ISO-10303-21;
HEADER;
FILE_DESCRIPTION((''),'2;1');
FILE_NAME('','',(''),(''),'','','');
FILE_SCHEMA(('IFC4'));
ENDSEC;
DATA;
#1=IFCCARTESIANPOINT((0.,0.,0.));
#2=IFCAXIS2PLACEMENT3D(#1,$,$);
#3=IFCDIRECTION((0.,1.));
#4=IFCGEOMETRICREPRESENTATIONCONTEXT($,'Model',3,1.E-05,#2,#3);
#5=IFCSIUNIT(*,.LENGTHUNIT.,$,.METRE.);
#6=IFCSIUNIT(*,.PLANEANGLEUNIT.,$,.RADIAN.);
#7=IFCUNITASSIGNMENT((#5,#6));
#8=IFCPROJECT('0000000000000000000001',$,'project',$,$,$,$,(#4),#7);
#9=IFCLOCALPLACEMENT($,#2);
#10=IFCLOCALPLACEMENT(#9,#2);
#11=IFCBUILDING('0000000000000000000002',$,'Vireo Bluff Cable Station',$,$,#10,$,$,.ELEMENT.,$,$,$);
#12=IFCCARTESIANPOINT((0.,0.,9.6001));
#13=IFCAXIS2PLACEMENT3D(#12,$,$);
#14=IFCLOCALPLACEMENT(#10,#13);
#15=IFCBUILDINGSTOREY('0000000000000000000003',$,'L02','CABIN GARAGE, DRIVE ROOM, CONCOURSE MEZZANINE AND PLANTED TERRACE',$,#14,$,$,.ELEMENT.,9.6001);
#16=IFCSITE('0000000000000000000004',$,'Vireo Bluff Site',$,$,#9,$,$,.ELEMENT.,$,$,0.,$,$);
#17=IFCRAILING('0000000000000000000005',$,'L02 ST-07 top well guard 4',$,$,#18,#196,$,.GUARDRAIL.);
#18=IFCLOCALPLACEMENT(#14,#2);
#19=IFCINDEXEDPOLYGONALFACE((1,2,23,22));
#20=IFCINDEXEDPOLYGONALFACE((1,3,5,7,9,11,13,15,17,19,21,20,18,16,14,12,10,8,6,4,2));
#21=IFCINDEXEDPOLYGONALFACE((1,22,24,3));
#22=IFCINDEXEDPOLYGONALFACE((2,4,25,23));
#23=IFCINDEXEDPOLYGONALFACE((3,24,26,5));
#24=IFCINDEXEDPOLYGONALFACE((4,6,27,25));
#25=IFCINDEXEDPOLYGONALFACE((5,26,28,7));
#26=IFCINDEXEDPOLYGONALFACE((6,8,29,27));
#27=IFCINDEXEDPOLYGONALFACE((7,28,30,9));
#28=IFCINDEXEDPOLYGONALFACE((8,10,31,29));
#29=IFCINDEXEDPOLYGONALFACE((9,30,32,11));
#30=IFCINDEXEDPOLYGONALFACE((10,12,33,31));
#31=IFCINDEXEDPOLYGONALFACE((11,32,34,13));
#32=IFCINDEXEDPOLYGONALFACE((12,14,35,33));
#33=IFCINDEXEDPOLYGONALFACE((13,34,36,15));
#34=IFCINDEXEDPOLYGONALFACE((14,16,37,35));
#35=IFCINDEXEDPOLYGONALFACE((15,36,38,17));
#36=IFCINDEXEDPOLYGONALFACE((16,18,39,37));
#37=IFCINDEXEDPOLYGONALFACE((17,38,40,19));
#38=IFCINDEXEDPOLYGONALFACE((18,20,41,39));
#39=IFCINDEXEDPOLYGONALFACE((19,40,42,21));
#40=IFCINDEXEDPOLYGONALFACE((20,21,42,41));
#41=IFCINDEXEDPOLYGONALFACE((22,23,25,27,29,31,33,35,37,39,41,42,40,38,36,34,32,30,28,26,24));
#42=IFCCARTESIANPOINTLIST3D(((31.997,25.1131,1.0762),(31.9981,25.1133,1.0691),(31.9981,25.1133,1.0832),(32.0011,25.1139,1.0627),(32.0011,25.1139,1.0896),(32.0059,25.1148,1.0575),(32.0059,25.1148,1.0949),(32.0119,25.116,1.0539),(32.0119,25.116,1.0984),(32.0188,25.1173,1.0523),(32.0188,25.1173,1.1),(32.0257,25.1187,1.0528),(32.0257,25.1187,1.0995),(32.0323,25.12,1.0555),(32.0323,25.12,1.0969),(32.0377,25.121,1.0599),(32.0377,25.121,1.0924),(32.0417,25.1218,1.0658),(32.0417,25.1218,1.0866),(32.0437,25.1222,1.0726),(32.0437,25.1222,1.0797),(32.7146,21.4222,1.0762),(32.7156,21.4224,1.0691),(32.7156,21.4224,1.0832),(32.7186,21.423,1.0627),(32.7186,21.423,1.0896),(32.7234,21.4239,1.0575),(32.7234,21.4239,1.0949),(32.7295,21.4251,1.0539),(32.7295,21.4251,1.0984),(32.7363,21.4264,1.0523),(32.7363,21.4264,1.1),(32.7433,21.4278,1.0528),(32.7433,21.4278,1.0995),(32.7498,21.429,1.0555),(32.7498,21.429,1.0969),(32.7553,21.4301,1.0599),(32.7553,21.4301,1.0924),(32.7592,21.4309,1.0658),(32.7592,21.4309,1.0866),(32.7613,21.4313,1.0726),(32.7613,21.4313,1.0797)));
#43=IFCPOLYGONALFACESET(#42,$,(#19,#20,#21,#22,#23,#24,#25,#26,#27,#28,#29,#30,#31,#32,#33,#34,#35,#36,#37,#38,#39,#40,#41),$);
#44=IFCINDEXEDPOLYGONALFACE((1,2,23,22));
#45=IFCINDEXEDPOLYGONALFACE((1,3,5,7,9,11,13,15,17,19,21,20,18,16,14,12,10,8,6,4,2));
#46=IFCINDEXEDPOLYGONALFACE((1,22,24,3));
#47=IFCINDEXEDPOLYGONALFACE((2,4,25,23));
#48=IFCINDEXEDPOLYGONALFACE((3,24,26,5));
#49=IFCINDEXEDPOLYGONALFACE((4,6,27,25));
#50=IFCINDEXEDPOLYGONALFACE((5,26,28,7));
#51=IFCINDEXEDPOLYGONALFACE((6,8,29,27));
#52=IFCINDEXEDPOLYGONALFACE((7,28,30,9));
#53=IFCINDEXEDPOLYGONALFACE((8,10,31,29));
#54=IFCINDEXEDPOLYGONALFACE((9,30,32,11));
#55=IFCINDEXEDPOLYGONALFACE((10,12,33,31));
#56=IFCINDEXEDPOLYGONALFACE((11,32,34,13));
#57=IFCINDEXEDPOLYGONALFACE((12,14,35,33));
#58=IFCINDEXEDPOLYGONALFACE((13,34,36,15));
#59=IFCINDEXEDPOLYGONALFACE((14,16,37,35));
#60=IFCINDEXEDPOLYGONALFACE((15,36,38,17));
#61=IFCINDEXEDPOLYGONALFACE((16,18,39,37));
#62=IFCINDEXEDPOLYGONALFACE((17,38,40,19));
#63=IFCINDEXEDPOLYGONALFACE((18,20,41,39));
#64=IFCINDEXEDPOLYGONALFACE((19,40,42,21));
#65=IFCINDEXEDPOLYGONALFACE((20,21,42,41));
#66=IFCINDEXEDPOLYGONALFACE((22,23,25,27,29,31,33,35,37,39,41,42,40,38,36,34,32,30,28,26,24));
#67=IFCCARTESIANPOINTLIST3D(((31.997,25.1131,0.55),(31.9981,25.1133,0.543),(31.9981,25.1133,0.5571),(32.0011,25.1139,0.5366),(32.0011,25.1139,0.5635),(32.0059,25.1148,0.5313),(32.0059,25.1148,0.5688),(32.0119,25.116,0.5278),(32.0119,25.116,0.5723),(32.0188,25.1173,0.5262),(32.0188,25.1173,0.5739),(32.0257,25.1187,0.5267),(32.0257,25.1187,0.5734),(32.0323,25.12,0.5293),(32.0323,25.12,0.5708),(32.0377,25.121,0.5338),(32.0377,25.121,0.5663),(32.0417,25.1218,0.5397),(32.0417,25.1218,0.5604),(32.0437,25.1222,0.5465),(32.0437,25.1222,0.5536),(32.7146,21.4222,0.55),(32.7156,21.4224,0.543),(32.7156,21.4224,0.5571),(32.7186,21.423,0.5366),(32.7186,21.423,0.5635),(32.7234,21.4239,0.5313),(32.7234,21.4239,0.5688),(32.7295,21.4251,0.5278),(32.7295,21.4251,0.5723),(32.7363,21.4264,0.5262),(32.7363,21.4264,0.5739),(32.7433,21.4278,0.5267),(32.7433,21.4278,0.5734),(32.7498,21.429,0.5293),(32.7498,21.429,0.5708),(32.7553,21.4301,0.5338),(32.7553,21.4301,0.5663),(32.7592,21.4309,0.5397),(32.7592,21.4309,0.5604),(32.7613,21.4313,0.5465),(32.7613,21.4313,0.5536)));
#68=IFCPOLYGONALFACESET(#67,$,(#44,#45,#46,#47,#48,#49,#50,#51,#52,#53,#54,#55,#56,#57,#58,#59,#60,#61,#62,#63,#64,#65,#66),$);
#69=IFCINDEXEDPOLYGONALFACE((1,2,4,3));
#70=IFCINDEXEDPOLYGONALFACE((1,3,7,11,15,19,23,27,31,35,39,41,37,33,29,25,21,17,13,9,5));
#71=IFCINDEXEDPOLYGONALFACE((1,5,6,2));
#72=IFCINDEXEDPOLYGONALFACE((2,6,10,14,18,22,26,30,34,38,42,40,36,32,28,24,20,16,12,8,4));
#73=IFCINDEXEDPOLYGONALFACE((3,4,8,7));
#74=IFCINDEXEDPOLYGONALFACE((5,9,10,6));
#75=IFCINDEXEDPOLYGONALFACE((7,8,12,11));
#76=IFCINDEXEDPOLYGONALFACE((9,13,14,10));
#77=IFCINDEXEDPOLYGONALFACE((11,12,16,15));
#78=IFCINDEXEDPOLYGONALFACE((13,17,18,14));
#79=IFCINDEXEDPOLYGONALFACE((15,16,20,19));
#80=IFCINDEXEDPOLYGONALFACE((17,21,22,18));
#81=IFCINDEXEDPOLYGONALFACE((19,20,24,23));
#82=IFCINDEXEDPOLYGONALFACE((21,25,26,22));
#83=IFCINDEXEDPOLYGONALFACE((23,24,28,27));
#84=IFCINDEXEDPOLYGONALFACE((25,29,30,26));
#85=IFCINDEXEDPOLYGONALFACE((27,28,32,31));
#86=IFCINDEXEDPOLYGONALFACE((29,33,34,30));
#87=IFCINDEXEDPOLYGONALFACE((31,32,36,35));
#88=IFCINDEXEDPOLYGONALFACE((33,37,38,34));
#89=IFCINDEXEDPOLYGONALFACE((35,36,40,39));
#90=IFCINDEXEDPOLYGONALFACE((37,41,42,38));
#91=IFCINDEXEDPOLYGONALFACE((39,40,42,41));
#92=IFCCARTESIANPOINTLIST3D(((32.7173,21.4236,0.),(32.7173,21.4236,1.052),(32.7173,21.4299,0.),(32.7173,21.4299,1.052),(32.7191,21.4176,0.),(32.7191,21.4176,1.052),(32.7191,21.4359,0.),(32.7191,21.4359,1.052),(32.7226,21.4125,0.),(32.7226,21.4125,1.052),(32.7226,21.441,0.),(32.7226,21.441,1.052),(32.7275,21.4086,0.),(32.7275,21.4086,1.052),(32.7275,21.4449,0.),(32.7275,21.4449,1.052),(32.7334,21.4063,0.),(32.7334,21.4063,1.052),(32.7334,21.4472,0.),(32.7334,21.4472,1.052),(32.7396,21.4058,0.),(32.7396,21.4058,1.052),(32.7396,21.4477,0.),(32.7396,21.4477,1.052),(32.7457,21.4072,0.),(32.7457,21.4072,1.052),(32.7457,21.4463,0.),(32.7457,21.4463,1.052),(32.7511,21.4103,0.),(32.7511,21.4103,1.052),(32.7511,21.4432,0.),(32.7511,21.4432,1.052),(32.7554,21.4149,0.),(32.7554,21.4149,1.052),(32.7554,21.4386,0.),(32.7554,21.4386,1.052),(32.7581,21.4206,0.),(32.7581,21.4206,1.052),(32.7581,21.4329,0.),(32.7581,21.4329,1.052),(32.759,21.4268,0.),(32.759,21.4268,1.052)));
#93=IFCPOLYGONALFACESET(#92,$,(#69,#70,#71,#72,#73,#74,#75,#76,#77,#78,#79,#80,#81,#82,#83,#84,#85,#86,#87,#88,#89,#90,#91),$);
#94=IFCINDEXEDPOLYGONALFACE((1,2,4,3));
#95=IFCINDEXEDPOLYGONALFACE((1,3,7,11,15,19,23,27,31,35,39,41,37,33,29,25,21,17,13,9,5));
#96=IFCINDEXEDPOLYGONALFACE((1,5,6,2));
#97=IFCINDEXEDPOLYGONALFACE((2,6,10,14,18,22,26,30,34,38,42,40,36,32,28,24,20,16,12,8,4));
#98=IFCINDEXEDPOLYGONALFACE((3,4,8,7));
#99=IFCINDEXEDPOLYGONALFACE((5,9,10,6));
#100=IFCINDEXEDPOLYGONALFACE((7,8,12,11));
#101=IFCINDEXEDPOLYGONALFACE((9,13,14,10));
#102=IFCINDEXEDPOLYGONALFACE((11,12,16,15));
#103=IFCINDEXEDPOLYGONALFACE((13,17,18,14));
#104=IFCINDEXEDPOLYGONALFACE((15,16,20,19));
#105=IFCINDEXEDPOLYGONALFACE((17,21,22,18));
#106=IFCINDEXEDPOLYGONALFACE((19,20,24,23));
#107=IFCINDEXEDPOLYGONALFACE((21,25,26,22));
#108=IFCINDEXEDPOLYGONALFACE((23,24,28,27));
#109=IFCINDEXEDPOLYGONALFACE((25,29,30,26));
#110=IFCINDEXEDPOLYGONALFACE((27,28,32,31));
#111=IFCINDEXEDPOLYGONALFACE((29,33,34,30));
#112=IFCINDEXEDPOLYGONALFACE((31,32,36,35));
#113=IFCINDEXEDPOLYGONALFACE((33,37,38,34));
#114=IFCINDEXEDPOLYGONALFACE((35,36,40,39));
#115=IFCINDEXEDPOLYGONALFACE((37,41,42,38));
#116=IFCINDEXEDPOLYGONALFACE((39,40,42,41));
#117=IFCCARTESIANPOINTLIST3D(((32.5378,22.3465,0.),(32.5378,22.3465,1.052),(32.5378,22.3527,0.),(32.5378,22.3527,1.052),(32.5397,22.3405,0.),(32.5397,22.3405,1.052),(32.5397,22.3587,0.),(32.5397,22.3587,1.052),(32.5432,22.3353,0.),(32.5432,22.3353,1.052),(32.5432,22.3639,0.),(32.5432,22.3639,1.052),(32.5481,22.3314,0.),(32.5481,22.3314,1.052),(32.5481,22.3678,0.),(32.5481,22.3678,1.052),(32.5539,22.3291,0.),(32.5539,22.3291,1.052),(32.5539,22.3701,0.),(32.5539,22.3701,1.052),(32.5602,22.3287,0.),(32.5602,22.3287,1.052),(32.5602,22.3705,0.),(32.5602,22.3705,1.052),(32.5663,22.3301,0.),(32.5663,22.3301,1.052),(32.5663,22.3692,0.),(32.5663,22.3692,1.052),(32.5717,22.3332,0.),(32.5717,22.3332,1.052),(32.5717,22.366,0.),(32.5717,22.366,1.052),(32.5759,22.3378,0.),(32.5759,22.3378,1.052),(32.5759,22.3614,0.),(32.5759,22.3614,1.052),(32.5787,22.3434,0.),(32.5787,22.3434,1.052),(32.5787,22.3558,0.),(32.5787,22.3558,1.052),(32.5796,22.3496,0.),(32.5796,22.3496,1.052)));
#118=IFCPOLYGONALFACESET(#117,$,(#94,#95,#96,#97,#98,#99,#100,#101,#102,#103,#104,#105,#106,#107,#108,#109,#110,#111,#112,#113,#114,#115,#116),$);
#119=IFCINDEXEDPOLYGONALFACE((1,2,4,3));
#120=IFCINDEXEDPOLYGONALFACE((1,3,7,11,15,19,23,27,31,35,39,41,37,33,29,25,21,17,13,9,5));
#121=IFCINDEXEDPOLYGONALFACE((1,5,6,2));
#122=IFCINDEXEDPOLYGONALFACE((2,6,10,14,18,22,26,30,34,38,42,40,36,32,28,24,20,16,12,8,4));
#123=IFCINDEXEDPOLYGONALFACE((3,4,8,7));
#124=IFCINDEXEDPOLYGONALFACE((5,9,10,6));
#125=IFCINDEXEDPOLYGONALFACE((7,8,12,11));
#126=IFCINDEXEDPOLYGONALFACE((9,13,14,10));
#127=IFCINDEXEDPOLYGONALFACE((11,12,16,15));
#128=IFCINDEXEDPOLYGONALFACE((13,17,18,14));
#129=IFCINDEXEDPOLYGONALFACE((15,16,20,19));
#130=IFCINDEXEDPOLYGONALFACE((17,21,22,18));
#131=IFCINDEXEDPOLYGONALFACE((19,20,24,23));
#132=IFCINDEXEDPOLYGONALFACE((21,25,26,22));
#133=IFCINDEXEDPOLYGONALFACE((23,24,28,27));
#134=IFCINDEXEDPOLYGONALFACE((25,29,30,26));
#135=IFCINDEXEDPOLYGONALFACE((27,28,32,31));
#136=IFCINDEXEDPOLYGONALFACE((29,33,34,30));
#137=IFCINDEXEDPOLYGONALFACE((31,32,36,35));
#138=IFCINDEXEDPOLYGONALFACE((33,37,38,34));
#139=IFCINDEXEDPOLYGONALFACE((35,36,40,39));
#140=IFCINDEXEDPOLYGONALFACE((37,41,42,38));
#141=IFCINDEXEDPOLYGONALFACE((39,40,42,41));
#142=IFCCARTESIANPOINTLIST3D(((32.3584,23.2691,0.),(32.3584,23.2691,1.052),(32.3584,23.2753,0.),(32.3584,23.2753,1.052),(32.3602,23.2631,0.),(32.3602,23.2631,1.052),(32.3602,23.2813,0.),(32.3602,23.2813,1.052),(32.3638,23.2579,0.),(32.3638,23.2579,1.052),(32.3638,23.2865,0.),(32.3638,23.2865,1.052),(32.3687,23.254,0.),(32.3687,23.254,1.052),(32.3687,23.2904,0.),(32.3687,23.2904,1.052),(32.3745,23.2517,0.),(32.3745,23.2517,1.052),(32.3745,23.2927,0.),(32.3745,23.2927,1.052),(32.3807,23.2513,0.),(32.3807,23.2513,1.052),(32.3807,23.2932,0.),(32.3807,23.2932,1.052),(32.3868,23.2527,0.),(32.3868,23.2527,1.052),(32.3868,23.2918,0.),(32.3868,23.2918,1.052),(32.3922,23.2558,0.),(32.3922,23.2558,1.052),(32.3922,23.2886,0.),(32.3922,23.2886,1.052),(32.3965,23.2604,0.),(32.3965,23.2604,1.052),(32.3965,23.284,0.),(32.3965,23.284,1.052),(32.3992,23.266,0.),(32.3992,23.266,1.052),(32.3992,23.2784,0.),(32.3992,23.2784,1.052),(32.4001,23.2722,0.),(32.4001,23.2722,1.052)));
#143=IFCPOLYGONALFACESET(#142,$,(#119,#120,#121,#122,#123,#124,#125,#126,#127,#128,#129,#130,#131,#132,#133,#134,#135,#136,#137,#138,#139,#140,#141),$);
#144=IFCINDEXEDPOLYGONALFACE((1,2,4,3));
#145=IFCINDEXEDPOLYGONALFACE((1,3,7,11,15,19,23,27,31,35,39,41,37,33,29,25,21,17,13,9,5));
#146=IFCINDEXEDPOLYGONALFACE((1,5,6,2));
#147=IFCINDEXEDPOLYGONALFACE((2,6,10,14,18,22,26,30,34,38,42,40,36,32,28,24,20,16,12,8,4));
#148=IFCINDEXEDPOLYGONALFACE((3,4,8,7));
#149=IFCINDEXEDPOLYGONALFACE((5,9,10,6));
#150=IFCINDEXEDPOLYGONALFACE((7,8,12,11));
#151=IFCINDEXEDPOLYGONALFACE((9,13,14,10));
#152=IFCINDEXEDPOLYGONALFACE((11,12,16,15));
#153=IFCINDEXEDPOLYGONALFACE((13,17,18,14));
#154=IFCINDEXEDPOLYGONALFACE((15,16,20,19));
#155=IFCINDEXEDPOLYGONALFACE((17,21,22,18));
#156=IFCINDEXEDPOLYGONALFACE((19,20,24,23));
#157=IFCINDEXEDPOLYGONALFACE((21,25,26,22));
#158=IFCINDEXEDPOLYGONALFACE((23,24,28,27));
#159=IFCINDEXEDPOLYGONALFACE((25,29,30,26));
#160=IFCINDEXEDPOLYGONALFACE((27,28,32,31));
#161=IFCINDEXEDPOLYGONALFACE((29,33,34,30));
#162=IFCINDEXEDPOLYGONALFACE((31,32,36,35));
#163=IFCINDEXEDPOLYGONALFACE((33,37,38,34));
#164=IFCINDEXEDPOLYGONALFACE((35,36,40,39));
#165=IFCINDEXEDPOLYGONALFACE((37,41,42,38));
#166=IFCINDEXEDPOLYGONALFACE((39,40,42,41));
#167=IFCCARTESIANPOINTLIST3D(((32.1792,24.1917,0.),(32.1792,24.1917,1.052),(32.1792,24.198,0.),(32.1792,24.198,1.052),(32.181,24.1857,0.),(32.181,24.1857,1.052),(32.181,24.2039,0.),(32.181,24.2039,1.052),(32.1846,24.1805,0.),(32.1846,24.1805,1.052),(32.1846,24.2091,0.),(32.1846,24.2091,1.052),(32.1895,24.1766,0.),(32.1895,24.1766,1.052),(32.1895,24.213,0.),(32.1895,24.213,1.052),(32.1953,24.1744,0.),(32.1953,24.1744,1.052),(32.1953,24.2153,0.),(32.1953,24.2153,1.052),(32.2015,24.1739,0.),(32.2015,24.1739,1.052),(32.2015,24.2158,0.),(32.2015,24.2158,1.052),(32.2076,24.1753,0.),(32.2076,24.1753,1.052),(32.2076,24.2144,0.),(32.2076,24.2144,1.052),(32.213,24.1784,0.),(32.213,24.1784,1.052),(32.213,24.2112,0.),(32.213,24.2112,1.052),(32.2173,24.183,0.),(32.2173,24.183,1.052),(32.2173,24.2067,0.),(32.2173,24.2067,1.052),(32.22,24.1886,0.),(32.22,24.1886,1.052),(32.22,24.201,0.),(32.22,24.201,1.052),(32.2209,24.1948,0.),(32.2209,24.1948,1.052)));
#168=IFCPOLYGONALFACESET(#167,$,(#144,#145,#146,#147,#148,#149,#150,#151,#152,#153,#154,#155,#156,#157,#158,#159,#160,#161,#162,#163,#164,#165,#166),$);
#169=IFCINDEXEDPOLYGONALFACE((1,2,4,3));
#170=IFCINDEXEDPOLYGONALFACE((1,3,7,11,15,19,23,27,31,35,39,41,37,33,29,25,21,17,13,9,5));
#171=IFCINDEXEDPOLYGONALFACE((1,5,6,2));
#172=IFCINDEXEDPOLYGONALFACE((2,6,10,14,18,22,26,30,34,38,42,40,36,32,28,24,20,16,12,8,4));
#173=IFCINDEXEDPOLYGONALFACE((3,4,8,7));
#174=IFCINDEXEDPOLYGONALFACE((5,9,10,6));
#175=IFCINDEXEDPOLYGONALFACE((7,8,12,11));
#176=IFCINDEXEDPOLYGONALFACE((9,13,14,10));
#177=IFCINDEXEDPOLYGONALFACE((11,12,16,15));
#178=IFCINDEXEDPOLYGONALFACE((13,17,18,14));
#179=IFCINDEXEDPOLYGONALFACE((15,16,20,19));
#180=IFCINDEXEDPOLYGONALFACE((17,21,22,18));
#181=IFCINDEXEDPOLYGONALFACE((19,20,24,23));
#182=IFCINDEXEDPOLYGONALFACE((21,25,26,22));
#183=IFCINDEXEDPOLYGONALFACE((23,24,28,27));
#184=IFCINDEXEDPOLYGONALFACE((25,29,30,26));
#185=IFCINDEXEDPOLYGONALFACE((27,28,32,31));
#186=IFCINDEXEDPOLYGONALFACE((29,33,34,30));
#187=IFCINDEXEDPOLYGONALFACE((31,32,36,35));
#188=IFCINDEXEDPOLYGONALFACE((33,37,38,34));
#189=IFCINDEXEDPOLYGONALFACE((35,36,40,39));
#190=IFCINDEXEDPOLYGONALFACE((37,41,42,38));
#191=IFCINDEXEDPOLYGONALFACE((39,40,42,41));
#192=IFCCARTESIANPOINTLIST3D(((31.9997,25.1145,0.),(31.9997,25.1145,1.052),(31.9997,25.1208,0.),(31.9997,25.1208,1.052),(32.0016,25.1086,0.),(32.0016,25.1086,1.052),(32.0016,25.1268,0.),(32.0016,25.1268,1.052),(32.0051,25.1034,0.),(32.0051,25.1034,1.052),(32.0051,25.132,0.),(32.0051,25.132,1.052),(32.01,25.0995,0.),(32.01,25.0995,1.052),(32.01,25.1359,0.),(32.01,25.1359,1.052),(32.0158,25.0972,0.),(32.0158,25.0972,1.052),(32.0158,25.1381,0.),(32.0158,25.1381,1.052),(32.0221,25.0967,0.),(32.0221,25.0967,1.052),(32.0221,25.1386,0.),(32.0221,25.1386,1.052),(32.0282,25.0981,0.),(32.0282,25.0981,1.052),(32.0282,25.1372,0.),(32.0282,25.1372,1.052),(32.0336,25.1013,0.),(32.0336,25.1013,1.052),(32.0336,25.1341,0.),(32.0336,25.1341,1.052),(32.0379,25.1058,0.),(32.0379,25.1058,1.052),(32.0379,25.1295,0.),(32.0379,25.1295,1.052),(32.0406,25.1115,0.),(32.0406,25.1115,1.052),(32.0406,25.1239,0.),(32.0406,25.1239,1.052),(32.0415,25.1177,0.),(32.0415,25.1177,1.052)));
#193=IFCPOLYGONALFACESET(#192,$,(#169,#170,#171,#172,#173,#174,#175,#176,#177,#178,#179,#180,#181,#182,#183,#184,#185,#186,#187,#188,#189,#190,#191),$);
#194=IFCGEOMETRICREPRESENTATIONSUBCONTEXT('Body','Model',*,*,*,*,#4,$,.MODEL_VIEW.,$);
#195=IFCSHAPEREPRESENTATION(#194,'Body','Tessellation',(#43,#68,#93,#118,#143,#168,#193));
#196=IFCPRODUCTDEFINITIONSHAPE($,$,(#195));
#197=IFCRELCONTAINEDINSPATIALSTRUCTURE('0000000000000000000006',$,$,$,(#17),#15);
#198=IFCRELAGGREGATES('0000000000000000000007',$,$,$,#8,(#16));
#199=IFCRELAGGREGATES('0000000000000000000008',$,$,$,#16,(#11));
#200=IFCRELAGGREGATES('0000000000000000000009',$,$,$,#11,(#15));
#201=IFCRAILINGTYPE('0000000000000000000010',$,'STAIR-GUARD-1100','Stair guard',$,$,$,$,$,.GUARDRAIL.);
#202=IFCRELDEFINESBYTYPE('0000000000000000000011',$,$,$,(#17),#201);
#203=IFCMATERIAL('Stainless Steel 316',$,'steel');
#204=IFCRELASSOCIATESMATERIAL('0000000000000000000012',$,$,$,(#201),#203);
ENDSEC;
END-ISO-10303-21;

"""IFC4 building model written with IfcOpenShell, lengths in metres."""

from ifc_helpers import new_model, si_unit, direction, frame, origin, origin_2d, place, context, subcontext, project, spatial, circle, extrude, material, type_object, element, save


model = new_model("IFC4")

# Units and contexts
model_context = context("Model", 3, precision=1e-05, world=origin(), true_north=direction((0.0, 1.0)))
body_context = subcontext(model_context, "Body", "Model", "MODEL_VIEW")
ifc_project = project(units=[si_unit("LENGTHUNIT", "METRE"), si_unit("PLANEANGLEUNIT", "RADIAN")], contexts=[model_context])

# Site, building, storey
site_placement = place(None, origin())
site = spatial("IfcSite", under=ifc_project, at=site_placement, Name="Vireo Bluff Site", CompositionType="ELEMENT", RefElevation=0.0)
building_placement = place(site_placement, origin())
building = spatial("IfcBuilding", under=site, at=building_placement, Name="Vireo Bluff Cable Station", CompositionType="ELEMENT")
storey_placement = place(building_placement, frame((0.0, 0.0, 9.6001)))
storey = spatial("IfcBuildingStorey", under=building, at=storey_placement, Name="L02", Description="CABIN GARAGE, DRIVE ROOM, CONCOURSE MEZZANINE AND PLANTED TERRACE", CompositionType="ELEMENT", Elevation=9.6001)

# Railing
ifc_material_1 = material(Name="Stainless Steel 316", Category="steel")
railing_type = type_object("IfcRailingType", Name="STAIR-GUARD-1100", Description="Stair guard", PredefinedType="GUARDRAIL", material=ifc_material_1)
railing_1_placement = place(storey_placement, frame((32.738, 21.4268, 0.0)))
element("IfcRailing", 1, at=railing_1_placement, inside=storey, type_object=railing_type, Name="L02 ST-07 top well guard 4", PredefinedType="GUARDRAIL", context=body_context, shape_type="SweptSolid", body=[
    extrude(circle(Radius=0.0239, at=origin_2d()), frame((0.0, 0.0, 1.0762), z_axis=(-0.190831, 0.981623, 0.0), x_axis=(-0.981623, -0.190831, 0.0)), (0.0, 0.0, 1.0), 3.76),
    extrude(circle(Radius=0.0239, at=origin_2d()), frame((0.0, 0.0, 0.55), z_axis=(-0.190831, 0.981623, 0.0), x_axis=(-0.981623, -0.190831, 0.0)), (0.0, 0.0, 1.0), 3.76),
    extrude(circle(Radius=0.021, at=origin_2d()), origin(), (0.0, 0.0, 1.0), 1.052),
    extrude(circle(Radius=0.021, at=origin_2d()), frame((-0.1794, 0.9229, 0.0)), (0.0, 0.0, 1.0), 1.052),
    extrude(circle(Radius=0.021, at=origin_2d()), frame((-0.3589, 1.8455, 0.0)), (0.0, 0.0, 1.0), 1.052),
    extrude(circle(Radius=0.021, at=origin_2d()), frame((-0.5381, 2.7681, 0.0)), (0.0, 0.0, 1.0), 1.052),
    extrude(circle(Radius=0.021, at=origin_2d()), frame((-0.7175, 3.6909, 0.0)), (0.0, 0.0, 1.0), 1.052),
])

save(model, "model.ifc")
